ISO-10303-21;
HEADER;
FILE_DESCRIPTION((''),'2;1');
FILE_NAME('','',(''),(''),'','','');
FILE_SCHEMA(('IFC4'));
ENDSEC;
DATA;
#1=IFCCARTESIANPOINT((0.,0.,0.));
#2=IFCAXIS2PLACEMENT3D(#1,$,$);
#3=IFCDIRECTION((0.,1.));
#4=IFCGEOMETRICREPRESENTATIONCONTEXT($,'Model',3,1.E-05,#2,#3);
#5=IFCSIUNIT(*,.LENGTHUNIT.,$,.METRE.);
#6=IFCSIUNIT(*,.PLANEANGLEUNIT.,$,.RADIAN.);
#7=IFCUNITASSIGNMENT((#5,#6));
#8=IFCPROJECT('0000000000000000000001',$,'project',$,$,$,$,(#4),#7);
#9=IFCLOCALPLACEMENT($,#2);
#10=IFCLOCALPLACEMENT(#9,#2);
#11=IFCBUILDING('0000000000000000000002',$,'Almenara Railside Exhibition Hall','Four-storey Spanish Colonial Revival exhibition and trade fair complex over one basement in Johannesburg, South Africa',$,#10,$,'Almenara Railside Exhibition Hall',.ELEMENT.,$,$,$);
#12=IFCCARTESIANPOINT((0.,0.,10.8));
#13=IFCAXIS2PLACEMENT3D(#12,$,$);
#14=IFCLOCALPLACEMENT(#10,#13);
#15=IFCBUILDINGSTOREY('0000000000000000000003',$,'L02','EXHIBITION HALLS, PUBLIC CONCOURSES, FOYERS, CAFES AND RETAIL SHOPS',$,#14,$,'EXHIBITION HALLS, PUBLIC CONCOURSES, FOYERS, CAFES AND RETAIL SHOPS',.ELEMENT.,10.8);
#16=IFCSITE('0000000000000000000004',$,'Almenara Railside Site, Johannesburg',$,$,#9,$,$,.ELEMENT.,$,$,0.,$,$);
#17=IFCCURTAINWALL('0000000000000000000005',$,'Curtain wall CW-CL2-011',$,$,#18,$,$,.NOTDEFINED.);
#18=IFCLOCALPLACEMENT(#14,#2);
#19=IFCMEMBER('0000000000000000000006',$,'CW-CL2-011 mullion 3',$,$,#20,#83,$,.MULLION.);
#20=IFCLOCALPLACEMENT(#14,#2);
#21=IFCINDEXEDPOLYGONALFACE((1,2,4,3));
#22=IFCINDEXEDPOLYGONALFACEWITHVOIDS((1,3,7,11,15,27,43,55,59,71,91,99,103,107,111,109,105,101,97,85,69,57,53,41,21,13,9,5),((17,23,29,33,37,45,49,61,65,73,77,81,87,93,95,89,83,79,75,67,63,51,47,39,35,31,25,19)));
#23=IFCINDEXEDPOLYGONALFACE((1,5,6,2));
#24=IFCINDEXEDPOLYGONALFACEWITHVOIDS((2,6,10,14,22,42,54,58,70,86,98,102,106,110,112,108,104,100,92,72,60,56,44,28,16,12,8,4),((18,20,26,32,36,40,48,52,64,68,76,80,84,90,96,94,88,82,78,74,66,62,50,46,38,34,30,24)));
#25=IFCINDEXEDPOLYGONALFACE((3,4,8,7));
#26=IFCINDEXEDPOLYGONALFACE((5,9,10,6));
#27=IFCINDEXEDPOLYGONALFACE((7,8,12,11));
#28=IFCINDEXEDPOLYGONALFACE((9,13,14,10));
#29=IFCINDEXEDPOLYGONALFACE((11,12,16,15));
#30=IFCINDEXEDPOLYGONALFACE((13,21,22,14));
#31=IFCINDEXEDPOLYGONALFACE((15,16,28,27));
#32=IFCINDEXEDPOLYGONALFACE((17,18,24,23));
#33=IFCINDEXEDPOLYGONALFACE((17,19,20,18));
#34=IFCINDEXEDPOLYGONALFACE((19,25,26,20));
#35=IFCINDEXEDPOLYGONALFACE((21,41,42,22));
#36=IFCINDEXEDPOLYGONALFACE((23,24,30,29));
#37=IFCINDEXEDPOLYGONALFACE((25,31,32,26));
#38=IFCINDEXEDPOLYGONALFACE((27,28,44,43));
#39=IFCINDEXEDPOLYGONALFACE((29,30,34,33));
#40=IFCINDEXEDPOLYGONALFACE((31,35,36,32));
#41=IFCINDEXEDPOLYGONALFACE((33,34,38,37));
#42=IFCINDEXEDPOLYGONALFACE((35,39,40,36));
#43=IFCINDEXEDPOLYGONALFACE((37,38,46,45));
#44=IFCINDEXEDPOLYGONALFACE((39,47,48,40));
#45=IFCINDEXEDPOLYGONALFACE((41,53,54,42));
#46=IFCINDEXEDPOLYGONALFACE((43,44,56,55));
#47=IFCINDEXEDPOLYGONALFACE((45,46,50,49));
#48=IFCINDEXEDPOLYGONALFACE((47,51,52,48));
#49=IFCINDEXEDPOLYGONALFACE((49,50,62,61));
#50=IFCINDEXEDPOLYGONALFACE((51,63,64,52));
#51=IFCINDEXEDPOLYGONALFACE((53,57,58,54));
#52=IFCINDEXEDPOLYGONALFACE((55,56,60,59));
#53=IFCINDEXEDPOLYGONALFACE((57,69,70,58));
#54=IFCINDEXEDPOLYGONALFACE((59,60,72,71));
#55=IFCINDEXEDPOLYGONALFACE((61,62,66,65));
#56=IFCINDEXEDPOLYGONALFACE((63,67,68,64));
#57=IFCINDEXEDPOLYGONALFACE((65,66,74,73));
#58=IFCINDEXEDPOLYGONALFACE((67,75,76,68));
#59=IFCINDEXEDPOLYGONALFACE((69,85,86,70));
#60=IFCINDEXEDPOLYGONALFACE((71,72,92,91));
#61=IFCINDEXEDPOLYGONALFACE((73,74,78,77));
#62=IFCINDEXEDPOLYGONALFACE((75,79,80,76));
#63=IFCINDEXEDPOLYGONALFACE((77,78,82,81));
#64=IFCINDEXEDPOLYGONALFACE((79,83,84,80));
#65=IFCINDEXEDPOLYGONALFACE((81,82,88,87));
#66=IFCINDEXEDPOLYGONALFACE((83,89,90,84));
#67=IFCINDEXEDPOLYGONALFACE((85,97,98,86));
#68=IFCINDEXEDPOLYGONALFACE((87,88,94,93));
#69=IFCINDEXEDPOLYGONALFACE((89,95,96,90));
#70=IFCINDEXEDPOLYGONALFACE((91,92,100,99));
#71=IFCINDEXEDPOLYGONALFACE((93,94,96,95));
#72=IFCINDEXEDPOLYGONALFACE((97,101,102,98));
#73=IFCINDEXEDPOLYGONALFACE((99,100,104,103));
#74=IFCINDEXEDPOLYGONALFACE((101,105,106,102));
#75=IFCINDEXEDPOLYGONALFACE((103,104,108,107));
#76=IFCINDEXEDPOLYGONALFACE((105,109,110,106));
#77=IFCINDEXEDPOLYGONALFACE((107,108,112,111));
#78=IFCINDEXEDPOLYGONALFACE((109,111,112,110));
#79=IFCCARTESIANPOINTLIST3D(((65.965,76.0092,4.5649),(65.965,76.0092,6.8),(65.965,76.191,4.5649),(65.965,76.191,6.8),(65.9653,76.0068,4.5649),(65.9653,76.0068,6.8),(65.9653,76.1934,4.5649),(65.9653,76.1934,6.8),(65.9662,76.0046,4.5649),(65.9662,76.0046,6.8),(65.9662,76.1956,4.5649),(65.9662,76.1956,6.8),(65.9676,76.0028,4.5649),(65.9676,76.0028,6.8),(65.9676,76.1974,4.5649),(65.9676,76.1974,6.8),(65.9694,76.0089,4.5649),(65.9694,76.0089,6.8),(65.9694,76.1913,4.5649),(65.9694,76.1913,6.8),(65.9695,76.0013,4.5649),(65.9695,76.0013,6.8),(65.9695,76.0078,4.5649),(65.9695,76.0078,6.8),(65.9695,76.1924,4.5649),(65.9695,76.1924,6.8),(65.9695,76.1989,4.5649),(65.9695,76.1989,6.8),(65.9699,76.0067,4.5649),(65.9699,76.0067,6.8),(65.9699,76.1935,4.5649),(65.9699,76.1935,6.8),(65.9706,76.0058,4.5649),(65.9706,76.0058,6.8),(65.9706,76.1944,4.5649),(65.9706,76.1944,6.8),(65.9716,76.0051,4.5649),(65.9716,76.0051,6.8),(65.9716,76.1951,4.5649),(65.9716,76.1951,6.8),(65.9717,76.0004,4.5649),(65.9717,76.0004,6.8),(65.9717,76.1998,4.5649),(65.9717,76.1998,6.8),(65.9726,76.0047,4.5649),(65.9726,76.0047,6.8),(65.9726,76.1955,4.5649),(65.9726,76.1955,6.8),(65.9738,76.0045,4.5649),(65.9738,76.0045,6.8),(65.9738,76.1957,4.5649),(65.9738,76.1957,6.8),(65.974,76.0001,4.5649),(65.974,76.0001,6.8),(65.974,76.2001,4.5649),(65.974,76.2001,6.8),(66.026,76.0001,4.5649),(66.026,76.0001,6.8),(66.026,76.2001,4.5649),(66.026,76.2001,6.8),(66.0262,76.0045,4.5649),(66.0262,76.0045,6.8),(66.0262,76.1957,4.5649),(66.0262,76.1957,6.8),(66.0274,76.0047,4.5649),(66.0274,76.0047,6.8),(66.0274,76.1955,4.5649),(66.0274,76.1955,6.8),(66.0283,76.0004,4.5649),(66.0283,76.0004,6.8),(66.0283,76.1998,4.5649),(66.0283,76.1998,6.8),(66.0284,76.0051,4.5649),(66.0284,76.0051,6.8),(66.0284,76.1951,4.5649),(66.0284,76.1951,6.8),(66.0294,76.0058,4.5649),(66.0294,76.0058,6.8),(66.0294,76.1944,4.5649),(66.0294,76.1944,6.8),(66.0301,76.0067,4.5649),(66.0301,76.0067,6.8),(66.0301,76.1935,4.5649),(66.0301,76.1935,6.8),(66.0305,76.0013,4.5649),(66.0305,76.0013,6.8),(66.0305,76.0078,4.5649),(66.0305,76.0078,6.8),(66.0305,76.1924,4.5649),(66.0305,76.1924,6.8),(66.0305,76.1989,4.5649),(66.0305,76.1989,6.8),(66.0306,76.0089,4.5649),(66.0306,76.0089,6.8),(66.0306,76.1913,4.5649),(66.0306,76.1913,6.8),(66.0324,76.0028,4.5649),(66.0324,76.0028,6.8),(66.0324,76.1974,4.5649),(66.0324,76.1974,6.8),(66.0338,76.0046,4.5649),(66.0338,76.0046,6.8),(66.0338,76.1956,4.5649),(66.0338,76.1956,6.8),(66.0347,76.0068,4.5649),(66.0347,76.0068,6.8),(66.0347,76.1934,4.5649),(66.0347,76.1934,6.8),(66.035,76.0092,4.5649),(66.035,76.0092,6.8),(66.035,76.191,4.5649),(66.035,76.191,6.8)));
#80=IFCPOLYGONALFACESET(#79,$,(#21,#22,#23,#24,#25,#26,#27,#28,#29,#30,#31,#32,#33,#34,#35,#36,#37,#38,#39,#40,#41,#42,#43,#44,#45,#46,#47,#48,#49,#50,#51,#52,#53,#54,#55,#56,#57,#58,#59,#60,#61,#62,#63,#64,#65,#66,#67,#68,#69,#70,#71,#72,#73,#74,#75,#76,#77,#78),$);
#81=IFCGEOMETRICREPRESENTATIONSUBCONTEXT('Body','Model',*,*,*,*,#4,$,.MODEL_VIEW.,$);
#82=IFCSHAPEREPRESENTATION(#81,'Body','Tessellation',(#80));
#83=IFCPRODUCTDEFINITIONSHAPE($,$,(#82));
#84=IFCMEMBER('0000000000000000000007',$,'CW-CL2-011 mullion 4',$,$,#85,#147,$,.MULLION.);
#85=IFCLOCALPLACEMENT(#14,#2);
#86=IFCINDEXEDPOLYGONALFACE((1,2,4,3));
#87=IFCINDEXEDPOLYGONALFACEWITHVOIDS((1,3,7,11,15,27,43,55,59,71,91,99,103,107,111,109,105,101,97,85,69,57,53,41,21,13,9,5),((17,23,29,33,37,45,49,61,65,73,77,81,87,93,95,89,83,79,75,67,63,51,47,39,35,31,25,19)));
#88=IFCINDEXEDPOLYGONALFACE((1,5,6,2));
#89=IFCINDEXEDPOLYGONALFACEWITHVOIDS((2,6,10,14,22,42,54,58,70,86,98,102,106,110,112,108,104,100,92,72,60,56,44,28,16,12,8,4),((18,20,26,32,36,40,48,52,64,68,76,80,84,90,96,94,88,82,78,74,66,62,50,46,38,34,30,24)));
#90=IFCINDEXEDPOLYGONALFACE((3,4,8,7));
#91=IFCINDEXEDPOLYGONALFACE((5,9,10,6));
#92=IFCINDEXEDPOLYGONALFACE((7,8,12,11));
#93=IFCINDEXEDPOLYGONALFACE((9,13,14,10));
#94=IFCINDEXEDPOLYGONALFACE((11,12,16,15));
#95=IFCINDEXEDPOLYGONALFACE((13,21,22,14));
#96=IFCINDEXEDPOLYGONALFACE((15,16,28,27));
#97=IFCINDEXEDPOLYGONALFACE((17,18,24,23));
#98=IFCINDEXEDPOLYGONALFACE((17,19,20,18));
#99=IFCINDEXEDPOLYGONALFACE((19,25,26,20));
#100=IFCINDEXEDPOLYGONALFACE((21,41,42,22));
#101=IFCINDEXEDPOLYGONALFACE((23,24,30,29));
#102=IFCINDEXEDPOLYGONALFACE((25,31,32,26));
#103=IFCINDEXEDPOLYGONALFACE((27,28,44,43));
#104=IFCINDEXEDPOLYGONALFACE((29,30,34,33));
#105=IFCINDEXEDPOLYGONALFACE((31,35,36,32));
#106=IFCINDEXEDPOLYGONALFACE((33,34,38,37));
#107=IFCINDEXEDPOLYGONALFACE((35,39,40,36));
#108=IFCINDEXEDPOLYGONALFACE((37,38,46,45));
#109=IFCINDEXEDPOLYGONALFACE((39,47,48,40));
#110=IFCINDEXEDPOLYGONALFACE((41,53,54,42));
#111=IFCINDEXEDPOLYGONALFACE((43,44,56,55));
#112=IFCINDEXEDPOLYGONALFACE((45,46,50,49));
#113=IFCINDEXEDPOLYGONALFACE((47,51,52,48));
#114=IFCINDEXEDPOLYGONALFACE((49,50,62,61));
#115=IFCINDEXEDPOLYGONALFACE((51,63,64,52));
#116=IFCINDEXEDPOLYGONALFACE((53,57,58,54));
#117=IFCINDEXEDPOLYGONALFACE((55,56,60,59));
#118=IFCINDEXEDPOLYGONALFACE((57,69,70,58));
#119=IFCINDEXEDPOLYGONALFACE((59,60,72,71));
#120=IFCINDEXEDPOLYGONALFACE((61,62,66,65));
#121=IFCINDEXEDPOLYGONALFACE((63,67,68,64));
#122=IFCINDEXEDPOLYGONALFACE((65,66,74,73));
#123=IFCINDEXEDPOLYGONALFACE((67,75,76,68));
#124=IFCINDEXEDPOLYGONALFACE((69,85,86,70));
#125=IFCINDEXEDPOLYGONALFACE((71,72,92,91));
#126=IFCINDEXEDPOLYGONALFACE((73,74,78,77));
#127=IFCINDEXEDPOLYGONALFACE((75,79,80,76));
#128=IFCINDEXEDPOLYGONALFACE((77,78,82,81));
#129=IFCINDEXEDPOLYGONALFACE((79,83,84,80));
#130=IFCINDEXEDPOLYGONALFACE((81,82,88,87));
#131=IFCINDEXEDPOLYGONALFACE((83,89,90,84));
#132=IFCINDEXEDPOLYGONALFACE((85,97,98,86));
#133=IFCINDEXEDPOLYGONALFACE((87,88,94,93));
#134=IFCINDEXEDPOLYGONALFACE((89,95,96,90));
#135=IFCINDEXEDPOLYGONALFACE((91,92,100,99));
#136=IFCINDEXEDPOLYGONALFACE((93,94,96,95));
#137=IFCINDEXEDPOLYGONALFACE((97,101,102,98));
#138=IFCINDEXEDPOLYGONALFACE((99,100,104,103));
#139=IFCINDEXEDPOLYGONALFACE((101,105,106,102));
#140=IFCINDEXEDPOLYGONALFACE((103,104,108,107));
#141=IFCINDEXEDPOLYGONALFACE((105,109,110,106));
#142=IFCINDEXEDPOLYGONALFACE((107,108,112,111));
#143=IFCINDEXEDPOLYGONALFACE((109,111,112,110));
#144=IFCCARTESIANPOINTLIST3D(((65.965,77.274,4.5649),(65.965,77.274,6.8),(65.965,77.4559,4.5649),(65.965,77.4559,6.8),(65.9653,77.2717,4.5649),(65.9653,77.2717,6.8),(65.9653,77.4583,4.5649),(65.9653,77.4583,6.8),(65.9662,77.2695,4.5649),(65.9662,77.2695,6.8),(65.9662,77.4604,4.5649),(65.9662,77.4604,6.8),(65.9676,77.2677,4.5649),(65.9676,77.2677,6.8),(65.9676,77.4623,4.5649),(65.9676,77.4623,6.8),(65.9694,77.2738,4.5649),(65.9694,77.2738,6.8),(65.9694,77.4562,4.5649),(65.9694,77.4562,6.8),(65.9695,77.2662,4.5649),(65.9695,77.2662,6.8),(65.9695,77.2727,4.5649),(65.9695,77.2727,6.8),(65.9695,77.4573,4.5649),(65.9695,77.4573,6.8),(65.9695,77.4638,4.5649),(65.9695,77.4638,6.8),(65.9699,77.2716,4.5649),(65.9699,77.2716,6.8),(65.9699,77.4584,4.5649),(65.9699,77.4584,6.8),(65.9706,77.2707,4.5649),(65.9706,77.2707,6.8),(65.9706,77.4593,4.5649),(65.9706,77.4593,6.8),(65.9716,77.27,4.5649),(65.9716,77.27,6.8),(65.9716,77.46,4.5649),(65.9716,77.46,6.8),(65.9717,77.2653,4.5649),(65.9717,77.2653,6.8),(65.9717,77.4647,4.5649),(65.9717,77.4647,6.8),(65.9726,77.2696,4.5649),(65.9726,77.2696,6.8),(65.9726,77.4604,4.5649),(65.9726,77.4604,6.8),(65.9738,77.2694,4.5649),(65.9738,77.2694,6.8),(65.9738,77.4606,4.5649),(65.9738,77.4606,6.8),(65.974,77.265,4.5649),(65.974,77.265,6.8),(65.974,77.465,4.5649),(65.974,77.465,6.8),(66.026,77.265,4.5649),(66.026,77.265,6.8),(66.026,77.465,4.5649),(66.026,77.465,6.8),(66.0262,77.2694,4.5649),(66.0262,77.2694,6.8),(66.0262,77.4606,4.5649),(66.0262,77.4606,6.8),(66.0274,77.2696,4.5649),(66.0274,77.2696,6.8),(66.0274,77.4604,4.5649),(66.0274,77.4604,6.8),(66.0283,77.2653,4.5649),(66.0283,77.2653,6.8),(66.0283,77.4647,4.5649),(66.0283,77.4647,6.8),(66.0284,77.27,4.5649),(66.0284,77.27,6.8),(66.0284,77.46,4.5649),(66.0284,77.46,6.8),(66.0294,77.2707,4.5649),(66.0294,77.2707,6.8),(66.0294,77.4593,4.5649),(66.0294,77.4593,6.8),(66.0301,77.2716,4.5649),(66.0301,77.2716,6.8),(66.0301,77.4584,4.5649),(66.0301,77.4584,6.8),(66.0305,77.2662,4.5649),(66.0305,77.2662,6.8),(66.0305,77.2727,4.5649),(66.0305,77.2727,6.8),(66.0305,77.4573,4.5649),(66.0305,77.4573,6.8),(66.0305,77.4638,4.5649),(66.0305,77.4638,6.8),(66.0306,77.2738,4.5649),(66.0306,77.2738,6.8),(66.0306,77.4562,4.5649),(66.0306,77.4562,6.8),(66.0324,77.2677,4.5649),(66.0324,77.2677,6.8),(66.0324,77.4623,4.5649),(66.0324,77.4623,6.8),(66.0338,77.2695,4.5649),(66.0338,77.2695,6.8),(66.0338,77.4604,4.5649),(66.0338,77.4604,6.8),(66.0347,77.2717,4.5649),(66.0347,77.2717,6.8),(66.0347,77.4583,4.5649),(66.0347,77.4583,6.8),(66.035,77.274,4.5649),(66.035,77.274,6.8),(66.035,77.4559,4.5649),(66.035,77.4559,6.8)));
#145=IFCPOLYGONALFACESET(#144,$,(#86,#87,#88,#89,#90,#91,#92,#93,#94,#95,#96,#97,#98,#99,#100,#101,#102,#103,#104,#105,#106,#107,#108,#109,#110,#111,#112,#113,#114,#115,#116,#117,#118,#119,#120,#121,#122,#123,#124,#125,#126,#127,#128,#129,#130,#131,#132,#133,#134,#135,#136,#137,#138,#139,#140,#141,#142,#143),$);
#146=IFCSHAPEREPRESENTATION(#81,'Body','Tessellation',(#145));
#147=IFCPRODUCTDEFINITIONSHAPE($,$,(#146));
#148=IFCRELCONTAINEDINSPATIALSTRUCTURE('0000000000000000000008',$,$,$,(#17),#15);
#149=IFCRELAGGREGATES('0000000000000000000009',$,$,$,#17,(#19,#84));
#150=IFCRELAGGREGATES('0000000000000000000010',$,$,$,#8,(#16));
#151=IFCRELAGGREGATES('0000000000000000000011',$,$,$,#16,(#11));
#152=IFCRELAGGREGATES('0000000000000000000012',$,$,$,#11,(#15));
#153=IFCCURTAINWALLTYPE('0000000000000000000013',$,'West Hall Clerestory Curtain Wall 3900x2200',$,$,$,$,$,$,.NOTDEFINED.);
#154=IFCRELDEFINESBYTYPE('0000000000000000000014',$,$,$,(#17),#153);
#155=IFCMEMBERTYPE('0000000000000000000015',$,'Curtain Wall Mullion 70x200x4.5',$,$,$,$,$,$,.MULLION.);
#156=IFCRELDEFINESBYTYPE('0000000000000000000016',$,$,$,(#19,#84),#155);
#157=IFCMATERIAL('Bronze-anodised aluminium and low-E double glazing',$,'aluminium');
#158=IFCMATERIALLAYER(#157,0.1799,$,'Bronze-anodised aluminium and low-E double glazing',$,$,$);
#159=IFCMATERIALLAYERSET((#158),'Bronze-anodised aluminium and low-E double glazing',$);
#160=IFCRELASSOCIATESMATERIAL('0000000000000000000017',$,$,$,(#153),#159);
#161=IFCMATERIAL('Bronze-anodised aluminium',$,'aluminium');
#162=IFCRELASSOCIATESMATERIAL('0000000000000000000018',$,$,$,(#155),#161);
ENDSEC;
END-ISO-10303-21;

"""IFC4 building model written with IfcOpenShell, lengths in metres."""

from ifc_helpers import new_model, si_unit, direction, frame, origin, origin_2d, place, context, subcontext, project, spatial, hollow_rectangle, extrude, material, layer, layer_set, material_profile, profile_set, type_object, element, aggregate, save


model = new_model("IFC4")

# Units and contexts
model_context = context("Model", 3, precision=1e-05, world=origin(), true_north=direction((0.0, 1.0)))
body_context = subcontext(model_context, "Body", "Model", "MODEL_VIEW")
ifc_project = project(units=[si_unit("LENGTHUNIT", "METRE"), si_unit("PLANEANGLEUNIT", "RADIAN")], contexts=[model_context])

# Site, building, storey
site_placement = place(None, origin())
site = spatial("IfcSite", under=ifc_project, at=site_placement, Name="Almenara Railside Site, Johannesburg", CompositionType="ELEMENT", RefElevation=0.0)
building_placement = place(site_placement, origin())
building = spatial("IfcBuilding", under=site, at=building_placement, Name="Almenara Railside Exhibition Hall", Description="Four-storey Spanish Colonial Revival exhibition and trade fair complex over one basement in Johannesburg, South Africa", LongName="Almenara Railside Exhibition Hall", CompositionType="ELEMENT")
storey_placement = place(building_placement, frame((0.0, 0.0, 10.8)))
storey = spatial("IfcBuildingStorey", under=building, at=storey_placement, Name="L02", Description="EXHIBITION HALLS, PUBLIC CONCOURSES, FOYERS, CAFES AND RETAIL SHOPS", LongName="EXHIBITION HALLS, PUBLIC CONCOURSES, FOYERS, CAFES AND RETAIL SHOPS", CompositionType="ELEMENT", Elevation=10.8)

# Curtain wall, members
ifc_material_1 = material(Name="Bronze-anodised aluminium and low-E double glazing", Category="aluminium")
ifc_layer_1 = layer(ifc_material_1, 0.1799, Name="Bronze-anodised aluminium and low-E double glazing")
ifc_layer_set_1 = layer_set([ifc_layer_1], Name="Bronze-anodised aluminium and low-E double glazing")
curtain_wall_type = type_object("IfcCurtainWallType", Name="West Hall Clerestory Curtain Wall 3900x2200", PredefinedType="NOTDEFINED", material=ifc_layer_set_1)
ifc_material_2 = material(Name="Bronze-anodised aluminium", Category="aluminium")
curtain_wall_1_placement = place(storey_placement, origin())
curtain_wall_1 = element("IfcCurtainWall", 1, at=curtain_wall_1_placement, inside=storey, type_object=curtain_wall_type, Name="Curtain wall CW-CL2-011", PredefinedType="NOTDEFINED")
ifc_material_profile_1 = material_profile(ifc_material_2, hollow_rectangle(XDim=0.0701, YDim=0.2, WallThickness=0.0044, InnerFilletRadius=0.0044, OuterFilletRadius=0.009, at=origin_2d()), Name="ALU-MUL 70x200x4.5")
ifc_profile_set_1 = profile_set([ifc_material_profile_1], Name="Bronze-anodised aluminium")
member_type_1 = type_object("IfcMemberType", Name="Curtain Wall Mullion 70x200x4.5", PredefinedType="MULLION", material=ifc_profile_set_1)
member_1_placement = place(storey_placement, frame((66.0, 76.1001, 4.5649), z_axis=(0.0, 0.0, 1.0), x_axis=(-1.0, 0.0, 0.0)))
member_1 = element("IfcMember", 2, at=member_1_placement, type_object=member_type_1, Name="CW-CL2-011 mullion 3", PredefinedType="MULLION", context=body_context, shape_type="SweptSolid", body=[
    extrude(hollow_rectangle(XDim=0.0701, YDim=0.2, WallThickness=0.0044, InnerFilletRadius=0.0044, OuterFilletRadius=0.009, at=origin_2d()), origin(), (0.0, 0.0, 1.0), 2.2351),
])
member_2_placement = place(storey_placement, frame((66.0, 77.365, 4.5649), z_axis=(0.0, 0.0, 1.0), x_axis=(-1.0, 0.0, 0.0)))
member_2 = element("IfcMember", 3, at=member_2_placement, type_object=member_type_1, Name="CW-CL2-011 mullion 4", PredefinedType="MULLION", context=body_context, shape_type="SweptSolid", body=[
    extrude(hollow_rectangle(XDim=0.0701, YDim=0.2, WallThickness=0.0044, InnerFilletRadius=0.0044, OuterFilletRadius=0.009, at=origin_2d()), origin(), (0.0, 0.0, 1.0), 2.2351),
])

aggregate(curtain_wall_1, [member_1, member_2])

save(model, "model.ifc")
